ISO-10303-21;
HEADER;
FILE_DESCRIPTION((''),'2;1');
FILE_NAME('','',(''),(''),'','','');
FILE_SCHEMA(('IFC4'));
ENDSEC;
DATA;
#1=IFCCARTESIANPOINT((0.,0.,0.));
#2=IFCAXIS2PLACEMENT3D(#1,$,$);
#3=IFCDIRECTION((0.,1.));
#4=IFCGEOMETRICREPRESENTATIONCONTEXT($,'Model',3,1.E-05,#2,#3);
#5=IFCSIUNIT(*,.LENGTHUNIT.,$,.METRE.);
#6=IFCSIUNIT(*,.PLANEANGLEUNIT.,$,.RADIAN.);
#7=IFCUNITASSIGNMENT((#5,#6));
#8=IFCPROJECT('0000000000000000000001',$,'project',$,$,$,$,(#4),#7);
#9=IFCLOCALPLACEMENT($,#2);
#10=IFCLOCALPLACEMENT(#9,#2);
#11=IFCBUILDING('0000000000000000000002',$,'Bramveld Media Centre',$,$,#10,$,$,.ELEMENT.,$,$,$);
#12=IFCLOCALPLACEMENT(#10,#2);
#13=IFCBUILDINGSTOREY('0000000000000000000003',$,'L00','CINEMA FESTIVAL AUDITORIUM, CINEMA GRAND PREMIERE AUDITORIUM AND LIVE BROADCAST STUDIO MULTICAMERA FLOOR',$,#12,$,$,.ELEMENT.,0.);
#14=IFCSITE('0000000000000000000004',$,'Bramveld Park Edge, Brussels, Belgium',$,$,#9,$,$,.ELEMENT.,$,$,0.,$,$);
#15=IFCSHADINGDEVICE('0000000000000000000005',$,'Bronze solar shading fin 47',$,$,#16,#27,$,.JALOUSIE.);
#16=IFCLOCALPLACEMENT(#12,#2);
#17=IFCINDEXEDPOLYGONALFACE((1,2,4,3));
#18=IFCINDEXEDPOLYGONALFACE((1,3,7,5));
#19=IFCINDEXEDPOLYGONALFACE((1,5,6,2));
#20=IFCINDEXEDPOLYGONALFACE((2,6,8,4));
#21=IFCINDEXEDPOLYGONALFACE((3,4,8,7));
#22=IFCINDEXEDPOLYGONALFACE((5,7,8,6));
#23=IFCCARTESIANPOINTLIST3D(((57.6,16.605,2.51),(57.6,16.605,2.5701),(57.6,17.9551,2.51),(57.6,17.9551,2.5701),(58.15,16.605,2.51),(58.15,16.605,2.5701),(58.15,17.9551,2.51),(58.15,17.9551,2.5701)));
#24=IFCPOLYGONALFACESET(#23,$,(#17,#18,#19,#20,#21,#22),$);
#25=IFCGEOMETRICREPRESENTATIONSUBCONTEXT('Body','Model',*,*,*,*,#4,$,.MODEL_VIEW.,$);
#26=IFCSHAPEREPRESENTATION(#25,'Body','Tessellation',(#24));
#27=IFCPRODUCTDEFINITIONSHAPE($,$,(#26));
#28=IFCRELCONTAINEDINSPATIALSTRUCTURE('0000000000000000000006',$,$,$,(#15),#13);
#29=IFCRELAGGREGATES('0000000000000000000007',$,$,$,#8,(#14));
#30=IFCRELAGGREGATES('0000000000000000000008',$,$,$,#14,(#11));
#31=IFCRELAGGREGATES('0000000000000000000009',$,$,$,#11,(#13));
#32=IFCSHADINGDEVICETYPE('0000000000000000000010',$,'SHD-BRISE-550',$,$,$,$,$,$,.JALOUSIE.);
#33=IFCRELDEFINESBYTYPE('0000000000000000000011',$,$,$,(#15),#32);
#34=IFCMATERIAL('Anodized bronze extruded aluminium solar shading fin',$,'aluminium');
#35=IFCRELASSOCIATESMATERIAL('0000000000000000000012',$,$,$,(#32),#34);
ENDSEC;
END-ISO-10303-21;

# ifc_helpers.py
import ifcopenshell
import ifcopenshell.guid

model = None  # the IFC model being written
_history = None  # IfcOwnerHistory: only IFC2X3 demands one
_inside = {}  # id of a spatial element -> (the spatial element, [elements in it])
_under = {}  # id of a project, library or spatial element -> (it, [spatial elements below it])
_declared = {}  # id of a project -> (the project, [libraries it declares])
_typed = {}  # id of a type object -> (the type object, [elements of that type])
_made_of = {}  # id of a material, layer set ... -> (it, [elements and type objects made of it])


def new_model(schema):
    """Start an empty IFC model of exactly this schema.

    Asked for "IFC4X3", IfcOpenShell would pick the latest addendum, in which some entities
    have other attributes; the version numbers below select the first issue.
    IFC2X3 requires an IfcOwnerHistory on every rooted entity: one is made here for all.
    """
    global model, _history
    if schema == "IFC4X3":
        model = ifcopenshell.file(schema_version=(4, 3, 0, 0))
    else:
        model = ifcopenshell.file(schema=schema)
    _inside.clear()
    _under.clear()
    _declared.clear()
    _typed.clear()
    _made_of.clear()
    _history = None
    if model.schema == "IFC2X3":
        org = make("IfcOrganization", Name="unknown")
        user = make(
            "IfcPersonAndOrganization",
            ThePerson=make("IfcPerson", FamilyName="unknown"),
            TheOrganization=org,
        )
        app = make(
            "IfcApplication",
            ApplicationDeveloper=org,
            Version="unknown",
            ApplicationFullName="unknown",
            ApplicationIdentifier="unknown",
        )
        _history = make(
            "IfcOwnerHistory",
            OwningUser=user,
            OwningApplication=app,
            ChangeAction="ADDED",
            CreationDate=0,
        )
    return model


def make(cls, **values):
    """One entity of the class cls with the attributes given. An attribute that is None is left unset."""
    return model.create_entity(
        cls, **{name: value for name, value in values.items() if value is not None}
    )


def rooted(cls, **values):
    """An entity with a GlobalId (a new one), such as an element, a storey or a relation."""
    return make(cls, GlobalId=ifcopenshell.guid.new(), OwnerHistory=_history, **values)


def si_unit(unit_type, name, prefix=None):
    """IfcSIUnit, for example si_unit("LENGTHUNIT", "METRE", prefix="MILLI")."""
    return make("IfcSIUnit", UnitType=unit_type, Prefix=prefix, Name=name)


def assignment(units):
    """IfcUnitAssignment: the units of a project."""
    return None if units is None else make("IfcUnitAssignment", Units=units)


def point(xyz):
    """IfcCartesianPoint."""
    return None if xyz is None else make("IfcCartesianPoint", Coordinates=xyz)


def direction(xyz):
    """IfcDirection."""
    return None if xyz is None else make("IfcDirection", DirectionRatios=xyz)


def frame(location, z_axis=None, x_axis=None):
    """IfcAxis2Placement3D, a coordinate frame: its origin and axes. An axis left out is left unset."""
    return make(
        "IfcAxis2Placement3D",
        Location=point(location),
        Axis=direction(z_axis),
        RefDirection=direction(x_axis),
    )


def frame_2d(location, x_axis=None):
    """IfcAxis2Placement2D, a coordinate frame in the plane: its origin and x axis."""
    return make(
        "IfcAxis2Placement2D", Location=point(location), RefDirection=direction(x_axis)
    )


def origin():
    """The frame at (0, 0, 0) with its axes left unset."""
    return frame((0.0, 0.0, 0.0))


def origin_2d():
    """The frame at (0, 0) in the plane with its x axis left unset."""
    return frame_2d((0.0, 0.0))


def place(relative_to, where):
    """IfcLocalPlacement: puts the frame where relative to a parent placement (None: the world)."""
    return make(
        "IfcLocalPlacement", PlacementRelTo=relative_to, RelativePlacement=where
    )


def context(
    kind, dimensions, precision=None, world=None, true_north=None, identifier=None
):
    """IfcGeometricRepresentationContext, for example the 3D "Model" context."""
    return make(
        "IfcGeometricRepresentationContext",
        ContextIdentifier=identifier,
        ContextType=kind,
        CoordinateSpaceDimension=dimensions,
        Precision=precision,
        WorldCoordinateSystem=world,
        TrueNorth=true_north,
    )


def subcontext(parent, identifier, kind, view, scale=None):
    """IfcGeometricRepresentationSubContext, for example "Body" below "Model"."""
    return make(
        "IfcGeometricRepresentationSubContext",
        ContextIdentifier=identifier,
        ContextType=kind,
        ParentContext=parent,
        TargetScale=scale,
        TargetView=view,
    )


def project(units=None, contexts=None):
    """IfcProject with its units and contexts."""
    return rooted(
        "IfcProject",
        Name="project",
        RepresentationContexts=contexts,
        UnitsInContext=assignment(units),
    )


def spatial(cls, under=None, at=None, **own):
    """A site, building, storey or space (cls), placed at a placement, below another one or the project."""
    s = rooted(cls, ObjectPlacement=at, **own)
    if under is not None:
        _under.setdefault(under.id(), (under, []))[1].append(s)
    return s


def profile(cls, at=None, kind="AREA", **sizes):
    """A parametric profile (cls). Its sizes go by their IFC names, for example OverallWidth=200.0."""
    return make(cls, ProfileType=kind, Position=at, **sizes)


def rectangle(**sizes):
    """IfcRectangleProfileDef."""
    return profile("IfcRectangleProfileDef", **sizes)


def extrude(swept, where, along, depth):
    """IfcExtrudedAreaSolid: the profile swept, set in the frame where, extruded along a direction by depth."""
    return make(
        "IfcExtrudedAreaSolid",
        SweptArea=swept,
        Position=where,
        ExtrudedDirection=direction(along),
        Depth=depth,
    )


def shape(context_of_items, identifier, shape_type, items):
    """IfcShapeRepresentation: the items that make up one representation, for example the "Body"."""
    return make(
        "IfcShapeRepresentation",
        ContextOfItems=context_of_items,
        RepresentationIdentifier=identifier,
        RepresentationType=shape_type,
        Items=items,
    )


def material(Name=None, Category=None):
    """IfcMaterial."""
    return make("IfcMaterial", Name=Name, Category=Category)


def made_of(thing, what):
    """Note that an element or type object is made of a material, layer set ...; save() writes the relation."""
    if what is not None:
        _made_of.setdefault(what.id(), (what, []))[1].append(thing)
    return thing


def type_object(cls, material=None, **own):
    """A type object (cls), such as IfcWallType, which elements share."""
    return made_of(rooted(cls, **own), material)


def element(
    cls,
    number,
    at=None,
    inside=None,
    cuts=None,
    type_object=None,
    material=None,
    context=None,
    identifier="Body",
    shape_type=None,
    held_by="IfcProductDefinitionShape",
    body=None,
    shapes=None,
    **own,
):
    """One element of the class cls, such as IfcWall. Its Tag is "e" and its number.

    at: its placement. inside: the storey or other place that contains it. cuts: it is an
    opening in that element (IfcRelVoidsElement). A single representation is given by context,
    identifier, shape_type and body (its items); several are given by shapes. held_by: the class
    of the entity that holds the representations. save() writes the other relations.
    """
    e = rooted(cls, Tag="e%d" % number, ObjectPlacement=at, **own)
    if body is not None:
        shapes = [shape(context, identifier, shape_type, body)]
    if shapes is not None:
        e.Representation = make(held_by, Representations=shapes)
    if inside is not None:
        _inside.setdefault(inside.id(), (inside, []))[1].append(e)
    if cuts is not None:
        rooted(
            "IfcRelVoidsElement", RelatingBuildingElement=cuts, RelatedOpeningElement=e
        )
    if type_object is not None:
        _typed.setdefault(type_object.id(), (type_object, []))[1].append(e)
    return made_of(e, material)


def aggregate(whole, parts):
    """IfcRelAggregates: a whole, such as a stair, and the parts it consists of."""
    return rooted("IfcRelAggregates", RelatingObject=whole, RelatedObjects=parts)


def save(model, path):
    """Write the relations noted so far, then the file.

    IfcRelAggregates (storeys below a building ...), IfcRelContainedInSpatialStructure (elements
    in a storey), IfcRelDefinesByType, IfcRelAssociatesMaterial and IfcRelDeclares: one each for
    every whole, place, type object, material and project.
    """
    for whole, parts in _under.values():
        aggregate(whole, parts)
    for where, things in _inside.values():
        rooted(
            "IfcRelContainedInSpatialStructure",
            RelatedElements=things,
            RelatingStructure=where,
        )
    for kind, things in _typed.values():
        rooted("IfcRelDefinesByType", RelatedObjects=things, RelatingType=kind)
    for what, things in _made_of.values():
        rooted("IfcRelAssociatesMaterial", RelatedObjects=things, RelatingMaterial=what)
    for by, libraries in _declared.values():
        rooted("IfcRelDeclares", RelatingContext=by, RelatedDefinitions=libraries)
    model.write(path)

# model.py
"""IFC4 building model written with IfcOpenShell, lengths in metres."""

from ifc_helpers import new_model, si_unit, direction, frame, origin, origin_2d, place, context, subcontext, project, spatial, rectangle, extrude, material, type_object, element, save


model = new_model("IFC4")

# Units and contexts
model_context = context("Model", 3, precision=1e-05, world=origin(), true_north=direction((0.0, 1.0)))
body_context = subcontext(model_context, "Body", "Model", "MODEL_VIEW")
ifc_project = project(units=[si_unit("LENGTHUNIT", "METRE"), si_unit("PLANEANGLEUNIT", "RADIAN")], contexts=[model_context])

# Site, building, storey
site_placement = place(None, origin())
site = spatial("IfcSite", under=ifc_project, at=site_placement, Name="Bramveld Park Edge, Brussels, Belgium", CompositionType="ELEMENT", RefElevation=0.0)
building_placement = place(site_placement, origin())
building = spatial("IfcBuilding", under=site, at=building_placement, Name="Bramveld Media Centre", CompositionType="ELEMENT")
storey_placement = place(building_placement, origin())
storey = spatial("IfcBuildingStorey", under=building, at=storey_placement, Name="L00", Description="CINEMA FESTIVAL AUDITORIUM, CINEMA GRAND PREMIERE AUDITORIUM AND LIVE BROADCAST STUDIO MULTICAMERA FLOOR", CompositionType="ELEMENT", Elevation=0.0)

# Shading device
ifc_material_1 = material(Name="Anodized bronze extruded aluminium solar shading fin", Category="aluminium")
shading_device_type = type_object("IfcShadingDeviceType", Name="SHD-BRISE-550", PredefinedType="JALOUSIE", material=ifc_material_1)
shading_device_placement = place(storey_placement, frame((57.875, 17.28, 2.51), z_axis=(0.0, 0.0, 1.0), x_axis=(1.0, 0.0, 0.0)))
element("IfcShadingDevice", 1, at=shading_device_placement, inside=storey, type_object=shading_device_type, Name="Bronze solar shading fin 47", PredefinedType="JALOUSIE", context=body_context, shape_type="SweptSolid", body=[
    extrude(rectangle(XDim=0.55, YDim=1.3501, at=origin_2d()), origin(), (0.0, 0.0, 1.0), 0.0601),
])

save(model, "model.ifc")
